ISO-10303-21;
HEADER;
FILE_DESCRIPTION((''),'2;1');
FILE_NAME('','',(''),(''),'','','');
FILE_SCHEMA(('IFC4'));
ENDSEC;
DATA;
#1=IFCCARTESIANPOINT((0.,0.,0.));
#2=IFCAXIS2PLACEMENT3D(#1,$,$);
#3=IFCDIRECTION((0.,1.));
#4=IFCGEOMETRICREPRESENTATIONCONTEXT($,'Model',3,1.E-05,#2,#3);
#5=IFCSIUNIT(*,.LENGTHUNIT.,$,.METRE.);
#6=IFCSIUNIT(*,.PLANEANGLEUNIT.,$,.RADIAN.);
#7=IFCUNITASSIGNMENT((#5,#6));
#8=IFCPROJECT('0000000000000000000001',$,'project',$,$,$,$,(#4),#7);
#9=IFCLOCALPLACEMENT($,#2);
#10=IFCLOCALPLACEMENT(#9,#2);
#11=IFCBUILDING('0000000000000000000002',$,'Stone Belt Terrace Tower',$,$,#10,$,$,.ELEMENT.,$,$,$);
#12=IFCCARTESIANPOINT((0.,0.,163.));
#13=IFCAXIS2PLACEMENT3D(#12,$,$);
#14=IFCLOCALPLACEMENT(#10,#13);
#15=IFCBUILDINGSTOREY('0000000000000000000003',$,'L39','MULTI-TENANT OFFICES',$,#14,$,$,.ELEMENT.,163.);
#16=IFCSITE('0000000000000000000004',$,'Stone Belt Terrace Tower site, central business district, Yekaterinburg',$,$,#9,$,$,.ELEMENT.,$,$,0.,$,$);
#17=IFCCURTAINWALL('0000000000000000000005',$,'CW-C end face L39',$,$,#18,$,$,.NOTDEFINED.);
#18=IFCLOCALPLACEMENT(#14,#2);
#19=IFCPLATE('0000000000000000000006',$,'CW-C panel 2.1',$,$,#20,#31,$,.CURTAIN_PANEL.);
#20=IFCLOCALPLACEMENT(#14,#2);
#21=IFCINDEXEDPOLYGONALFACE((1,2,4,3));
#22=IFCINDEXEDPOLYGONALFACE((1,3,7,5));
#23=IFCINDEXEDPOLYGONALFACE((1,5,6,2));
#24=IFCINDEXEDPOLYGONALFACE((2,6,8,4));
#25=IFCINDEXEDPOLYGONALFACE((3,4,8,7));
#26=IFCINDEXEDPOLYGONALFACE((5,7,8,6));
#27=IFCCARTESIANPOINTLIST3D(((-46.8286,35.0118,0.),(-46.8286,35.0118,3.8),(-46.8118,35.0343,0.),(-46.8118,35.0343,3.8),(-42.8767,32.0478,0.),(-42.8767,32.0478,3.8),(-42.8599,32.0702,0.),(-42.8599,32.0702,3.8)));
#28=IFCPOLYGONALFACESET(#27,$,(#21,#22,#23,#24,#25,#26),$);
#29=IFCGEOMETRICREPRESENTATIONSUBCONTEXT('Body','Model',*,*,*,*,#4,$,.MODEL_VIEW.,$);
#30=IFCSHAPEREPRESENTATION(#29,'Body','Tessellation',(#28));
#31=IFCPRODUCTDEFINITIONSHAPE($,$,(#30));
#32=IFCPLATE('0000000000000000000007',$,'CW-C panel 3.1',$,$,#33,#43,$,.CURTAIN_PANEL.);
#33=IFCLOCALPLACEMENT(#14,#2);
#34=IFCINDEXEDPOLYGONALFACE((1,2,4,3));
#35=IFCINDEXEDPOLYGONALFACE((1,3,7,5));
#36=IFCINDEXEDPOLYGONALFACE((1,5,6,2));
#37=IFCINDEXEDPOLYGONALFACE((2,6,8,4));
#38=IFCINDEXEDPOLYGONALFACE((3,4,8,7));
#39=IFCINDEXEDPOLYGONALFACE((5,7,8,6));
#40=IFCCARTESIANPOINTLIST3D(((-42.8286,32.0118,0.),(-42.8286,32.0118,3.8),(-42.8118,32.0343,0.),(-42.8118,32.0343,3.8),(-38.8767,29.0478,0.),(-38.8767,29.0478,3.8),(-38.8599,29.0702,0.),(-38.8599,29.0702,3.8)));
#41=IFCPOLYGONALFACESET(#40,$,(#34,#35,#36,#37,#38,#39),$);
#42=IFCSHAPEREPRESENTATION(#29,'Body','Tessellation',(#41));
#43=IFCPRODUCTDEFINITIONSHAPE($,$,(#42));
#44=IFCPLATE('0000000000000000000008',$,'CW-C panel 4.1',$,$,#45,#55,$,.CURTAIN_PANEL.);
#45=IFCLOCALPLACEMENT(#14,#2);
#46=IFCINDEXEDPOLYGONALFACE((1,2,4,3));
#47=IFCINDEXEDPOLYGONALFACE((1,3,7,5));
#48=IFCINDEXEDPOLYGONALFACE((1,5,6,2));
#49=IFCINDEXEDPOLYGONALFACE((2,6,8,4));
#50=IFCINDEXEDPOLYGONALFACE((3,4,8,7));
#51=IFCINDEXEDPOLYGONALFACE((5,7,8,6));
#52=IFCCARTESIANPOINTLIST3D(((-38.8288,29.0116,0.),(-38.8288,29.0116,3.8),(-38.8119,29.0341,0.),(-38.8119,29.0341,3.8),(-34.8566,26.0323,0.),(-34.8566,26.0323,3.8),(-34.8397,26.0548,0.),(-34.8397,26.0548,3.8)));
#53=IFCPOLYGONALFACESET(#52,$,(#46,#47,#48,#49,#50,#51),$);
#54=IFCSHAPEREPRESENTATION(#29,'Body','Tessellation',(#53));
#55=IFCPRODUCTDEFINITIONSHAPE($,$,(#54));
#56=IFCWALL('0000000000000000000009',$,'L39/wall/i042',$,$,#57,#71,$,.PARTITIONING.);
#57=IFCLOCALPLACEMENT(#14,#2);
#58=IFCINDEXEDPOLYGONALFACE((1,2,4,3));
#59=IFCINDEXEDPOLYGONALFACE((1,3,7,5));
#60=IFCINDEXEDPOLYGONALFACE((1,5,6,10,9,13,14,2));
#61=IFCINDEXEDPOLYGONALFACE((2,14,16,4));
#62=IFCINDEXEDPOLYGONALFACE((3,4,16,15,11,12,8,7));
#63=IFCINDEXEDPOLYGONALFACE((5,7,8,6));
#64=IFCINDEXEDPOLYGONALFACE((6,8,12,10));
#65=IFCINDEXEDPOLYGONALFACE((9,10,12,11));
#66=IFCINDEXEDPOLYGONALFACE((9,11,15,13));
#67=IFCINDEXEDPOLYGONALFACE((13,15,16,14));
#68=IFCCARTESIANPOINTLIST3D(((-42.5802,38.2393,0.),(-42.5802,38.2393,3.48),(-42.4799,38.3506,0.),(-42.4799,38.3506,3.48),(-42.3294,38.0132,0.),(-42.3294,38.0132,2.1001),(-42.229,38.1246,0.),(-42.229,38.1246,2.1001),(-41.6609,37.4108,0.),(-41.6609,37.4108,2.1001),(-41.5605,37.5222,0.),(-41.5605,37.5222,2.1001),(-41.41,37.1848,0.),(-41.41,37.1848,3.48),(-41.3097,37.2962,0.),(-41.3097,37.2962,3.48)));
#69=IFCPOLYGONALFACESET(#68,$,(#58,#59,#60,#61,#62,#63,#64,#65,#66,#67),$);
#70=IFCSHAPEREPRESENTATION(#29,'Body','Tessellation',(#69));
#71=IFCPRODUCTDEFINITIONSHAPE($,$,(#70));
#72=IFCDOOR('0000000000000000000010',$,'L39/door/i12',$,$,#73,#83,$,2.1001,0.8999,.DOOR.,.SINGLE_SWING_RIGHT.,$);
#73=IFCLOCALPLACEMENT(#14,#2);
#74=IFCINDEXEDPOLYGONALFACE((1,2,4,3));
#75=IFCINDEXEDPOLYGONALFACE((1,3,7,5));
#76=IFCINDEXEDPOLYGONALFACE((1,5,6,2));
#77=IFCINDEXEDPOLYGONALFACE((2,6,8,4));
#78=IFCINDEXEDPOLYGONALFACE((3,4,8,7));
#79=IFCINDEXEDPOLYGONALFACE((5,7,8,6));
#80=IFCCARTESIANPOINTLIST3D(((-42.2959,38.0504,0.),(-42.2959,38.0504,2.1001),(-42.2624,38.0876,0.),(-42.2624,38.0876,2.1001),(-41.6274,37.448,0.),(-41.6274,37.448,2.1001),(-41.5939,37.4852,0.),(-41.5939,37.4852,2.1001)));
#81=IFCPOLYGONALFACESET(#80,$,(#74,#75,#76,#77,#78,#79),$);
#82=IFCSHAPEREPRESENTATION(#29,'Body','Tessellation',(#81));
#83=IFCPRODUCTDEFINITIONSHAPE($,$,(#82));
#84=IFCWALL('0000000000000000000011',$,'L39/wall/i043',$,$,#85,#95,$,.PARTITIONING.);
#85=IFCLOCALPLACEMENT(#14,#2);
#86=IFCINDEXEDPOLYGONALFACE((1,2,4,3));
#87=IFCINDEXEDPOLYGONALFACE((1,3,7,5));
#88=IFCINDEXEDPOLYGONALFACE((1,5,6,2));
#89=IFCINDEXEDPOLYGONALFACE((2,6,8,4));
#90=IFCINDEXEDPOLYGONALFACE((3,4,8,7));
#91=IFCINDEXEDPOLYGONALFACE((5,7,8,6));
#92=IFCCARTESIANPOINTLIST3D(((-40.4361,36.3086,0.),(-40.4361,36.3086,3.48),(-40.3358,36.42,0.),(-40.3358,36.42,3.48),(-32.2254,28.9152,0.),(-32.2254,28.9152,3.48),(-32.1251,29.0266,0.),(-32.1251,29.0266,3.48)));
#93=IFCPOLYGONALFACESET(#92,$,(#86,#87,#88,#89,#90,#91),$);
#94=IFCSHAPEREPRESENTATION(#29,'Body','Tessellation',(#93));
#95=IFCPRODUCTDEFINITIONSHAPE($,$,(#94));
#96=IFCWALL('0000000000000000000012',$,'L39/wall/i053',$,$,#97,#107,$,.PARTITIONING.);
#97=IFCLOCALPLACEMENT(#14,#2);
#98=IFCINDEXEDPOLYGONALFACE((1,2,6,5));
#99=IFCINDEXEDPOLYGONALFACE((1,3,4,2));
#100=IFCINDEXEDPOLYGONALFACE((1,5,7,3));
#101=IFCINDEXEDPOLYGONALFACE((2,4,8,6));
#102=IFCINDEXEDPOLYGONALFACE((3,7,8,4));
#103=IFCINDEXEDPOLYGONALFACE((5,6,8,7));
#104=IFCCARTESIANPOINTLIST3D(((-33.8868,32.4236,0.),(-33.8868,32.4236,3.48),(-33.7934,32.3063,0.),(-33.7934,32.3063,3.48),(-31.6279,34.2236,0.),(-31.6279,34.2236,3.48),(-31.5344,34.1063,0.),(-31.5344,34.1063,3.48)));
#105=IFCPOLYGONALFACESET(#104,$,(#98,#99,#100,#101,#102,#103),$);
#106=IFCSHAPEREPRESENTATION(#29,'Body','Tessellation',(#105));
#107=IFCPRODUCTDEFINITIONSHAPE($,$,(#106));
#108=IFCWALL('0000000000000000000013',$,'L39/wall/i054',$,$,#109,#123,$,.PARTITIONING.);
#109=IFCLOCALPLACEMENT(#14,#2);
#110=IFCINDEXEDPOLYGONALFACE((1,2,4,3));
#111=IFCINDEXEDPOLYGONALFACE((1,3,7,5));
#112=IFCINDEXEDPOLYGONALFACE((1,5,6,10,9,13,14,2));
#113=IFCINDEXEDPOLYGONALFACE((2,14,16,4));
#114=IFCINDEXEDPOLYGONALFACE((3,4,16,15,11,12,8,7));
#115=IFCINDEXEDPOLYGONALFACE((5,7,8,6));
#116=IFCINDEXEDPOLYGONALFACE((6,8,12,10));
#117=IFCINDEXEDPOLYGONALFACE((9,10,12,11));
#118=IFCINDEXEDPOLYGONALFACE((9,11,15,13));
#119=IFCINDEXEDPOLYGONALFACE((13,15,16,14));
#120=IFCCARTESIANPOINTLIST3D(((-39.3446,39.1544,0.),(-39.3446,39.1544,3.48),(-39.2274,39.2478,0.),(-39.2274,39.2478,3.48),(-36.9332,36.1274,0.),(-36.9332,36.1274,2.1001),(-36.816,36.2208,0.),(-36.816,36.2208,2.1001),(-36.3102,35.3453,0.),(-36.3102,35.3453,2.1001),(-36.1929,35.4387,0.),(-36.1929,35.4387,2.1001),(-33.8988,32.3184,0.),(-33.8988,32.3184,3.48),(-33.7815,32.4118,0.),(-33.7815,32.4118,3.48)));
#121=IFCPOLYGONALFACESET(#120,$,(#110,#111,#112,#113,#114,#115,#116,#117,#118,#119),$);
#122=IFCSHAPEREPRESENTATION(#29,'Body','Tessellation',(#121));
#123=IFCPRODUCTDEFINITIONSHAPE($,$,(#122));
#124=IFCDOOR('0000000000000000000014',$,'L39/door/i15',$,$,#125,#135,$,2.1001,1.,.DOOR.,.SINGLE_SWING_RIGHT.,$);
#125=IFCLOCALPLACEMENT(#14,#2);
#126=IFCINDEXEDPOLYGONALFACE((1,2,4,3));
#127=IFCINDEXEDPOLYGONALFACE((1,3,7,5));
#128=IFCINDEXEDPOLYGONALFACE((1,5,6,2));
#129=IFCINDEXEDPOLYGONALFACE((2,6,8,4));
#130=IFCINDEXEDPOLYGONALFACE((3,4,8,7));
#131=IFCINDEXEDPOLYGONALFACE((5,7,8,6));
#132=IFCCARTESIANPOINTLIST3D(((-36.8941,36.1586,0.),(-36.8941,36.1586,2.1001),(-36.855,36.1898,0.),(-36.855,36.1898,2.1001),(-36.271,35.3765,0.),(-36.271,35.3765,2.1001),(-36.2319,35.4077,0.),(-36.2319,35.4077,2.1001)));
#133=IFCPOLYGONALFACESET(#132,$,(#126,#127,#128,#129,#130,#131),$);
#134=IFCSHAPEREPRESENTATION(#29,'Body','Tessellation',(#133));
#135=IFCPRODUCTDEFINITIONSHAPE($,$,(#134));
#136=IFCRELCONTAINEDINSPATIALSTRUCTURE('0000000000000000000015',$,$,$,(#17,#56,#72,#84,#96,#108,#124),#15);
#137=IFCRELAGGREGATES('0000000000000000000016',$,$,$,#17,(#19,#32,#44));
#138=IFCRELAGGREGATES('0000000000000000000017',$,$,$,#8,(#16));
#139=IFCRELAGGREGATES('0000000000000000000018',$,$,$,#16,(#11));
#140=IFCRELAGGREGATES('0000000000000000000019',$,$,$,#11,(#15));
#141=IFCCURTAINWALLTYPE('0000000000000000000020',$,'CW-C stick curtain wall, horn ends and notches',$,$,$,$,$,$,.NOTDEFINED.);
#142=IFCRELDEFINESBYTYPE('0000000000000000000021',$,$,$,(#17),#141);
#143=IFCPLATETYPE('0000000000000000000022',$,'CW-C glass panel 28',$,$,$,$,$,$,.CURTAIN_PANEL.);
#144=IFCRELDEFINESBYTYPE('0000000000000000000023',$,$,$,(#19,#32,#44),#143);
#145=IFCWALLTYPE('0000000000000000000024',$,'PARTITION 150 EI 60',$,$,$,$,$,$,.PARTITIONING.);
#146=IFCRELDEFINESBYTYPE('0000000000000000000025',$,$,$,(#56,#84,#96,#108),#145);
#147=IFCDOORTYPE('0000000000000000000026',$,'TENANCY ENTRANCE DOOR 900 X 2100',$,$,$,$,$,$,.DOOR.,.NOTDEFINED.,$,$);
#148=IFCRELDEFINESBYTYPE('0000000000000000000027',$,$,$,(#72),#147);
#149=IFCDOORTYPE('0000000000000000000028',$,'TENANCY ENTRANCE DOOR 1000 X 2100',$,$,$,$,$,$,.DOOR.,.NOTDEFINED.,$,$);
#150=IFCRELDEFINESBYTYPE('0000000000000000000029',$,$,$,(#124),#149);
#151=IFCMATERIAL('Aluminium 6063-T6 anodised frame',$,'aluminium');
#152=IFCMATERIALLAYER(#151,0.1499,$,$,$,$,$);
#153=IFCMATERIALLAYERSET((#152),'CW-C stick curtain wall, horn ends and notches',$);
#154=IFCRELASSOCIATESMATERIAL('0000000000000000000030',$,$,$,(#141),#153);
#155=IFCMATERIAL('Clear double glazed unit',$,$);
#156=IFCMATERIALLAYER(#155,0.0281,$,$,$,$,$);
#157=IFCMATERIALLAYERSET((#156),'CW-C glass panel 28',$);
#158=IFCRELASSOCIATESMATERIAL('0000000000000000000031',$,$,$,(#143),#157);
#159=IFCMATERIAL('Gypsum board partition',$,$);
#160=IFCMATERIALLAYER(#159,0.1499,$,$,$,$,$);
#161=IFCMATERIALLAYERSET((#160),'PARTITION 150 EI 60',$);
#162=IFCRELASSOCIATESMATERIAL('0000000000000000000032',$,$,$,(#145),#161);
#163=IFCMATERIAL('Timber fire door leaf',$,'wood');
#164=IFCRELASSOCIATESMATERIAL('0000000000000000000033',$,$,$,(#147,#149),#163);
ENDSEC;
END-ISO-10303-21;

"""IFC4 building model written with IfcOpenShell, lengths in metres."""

from ifc_helpers import new_model, si_unit, direction, frame, frame_2d, origin, origin_2d, place, context, subcontext, project, spatial, rectangle, extrude, material, layer, layer_set, type_object, element, fill, aggregate, save


model = new_model("IFC4")

# Units and contexts
model_context = context("Model", 3, precision=1e-05, world=origin(), true_north=direction((0.0, 1.0)))
body_context = subcontext(model_context, "Body", "Model", "MODEL_VIEW")
ifc_project = project(units=[si_unit("LENGTHUNIT", "METRE"), si_unit("PLANEANGLEUNIT", "RADIAN")], contexts=[model_context])

# Site, building, storey
site_placement = place(None, origin())
site = spatial("IfcSite", under=ifc_project, at=site_placement, Name="Stone Belt Terrace Tower site, central business district, Yekaterinburg", CompositionType="ELEMENT", RefElevation=0.0)
building_placement = place(site_placement, origin())
building = spatial("IfcBuilding", under=site, at=building_placement, Name="Stone Belt Terrace Tower", CompositionType="ELEMENT")
storey_placement = place(building_placement, frame((0.0, 0.0, 163.0)))
storey = spatial("IfcBuildingStorey", under=building, at=storey_placement, Name="L39", Description="MULTI-TENANT OFFICES", CompositionType="ELEMENT", Elevation=163.0)

# Curtain wall
ifc_material_1 = material(Name="Aluminium 6063-T6 anodised frame", Category="aluminium")
ifc_layer_1 = layer(ifc_material_1, 0.1499)
ifc_layer_set_1 = layer_set([ifc_layer_1], Name="CW-C stick curtain wall, horn ends and notches")
curtain_wall_type_1 = type_object("IfcCurtainWallType", Name="CW-C stick curtain wall, horn ends and notches", PredefinedType="NOTDEFINED", material=ifc_layer_set_1)
curtain_wall_1_placement = place(storey_placement, origin())
curtain_wall_1 = element("IfcCurtainWall", 1, at=curtain_wall_1_placement, inside=storey, type_object=curtain_wall_type_1, Name="CW-C end face L39", PredefinedType="NOTDEFINED")

# Plates
ifc_material_2 = material(Name="Clear double glazed unit")
ifc_layer_2 = layer(ifc_material_2, 0.0281)
ifc_layer_set_2 = layer_set([ifc_layer_2], Name="CW-C glass panel 28")
plate_type_1 = type_object("IfcPlateType", Name="CW-C glass panel 28", PredefinedType="CURTAIN_PANEL", material=ifc_layer_set_2)
plate_1_placement = place(storey_placement, frame((-44.8442, 33.541, 0.0), z_axis=(0.0, 0.0, 1.0), x_axis=(0.799987, -0.600018, 0.0)))
plate_1 = element("IfcPlate", 2, at=plate_1_placement, type_object=plate_type_1, Name="CW-C panel 2.1", PredefinedType="CURTAIN_PANEL", context=body_context, shape_type="SweptSolid", body=[
    extrude(rectangle(XDim=4.9399, YDim=0.0281, at=origin_2d()), origin(), (0.0, 0.0, 1.0), 3.8),
])
plate_2_placement = place(storey_placement, frame((-40.8442, 30.541, 0.0), z_axis=(0.0, 0.0, 1.0), x_axis=(0.799987, -0.600018, 0.0)))
plate_2 = element("IfcPlate", 3, at=plate_2_placement, type_object=plate_type_1, Name="CW-C panel 3.1", PredefinedType="CURTAIN_PANEL", context=body_context, shape_type="SweptSolid", body=[
    extrude(rectangle(XDim=4.9399, YDim=0.0281, at=origin_2d()), origin(), (0.0, 0.0, 1.0), 3.8),
])
plate_3_placement = place(storey_placement, frame((-36.8342, 27.5332, 0.0), z_axis=(0.0, 0.0, 1.0), x_axis=(0.799987, -0.600018, 0.0)))
plate_3 = element("IfcPlate", 4, at=plate_3_placement, type_object=plate_type_1, Name="CW-C panel 4.1", PredefinedType="CURTAIN_PANEL", context=body_context, shape_type="SweptSolid", body=[
    extrude(rectangle(XDim=4.9653, YDim=0.0281, at=origin_2d()), origin(), (0.0, 0.0, 1.0), 3.8),
])
aggregate(curtain_wall_1, [plate_1, plate_2, plate_3])

# Wall, opening, door
ifc_material_3 = material(Name="Gypsum board partition")
ifc_layer_3 = layer(ifc_material_3, 0.1499)
ifc_layer_set_3 = layer_set([ifc_layer_3], Name="PARTITION 150 EI 60")
wall_type_1 = type_object("IfcWallType", Name="PARTITION 150 EI 60", PredefinedType="PARTITIONING", material=ifc_layer_set_3)
wall_1_placement = place(storey_placement, frame((-41.3599, 37.2405, 0.0), z_axis=(0.0, 0.0, 1.0), x_axis=(-0.742886, 0.669418, 0.0)))
wall_1 = element("IfcWall", 5, at=wall_1_placement, inside=storey, type_object=wall_type_1, Name="L39/wall/i042", PredefinedType="PARTITIONING", context=body_context, shape_type="SweptSolid", body=[
    extrude(rectangle(XDim=1.5752, YDim=0.1499, at=frame_2d((0.7876, 0.0))), origin(), (0.0, 0.0, 1.0), 3.48),
])
opening_1_placement = place(wall_1_placement, frame((0.3376, 0.0, 0.0)))
opening_1 = element("IfcOpeningElement", 6, at=opening_1_placement, cuts=wall_1, PredefinedType="OPENING", context=body_context, shape_type="SweptSolid", body=[
    extrude(rectangle(XDim=0.8999, YDim=2.1001, at=frame_2d((0.45, 1.05))), frame((0.0, 0.085, 0.0), z_axis=(0.0, -1.0, 0.0), x_axis=(1.0, 0.0, 0.0)), (0.0, 0.0, 1.0), 0.1699),
])
ifc_material_4 = material(Name="Timber fire door leaf", Category="wood")
door_type_1 = type_object("IfcDoorType", Name="TENANCY ENTRANCE DOOR 900 X 2100", OperationType="NOTDEFINED", PredefinedType="DOOR", material=ifc_material_4)
door_1_placement = place(opening_1_placement, origin())
door_1 = element("IfcDoor", 7, at=door_1_placement, inside=storey, type_object=door_type_1, Name="L39/door/i12", OperationType="SINGLE_SWING_RIGHT", OverallHeight=2.1001, OverallWidth=0.8999, PredefinedType="DOOR", context=body_context, shape_type="SweptSolid", body=[
    extrude(rectangle(XDim=0.8999, YDim=2.1001, at=frame_2d((0.45, 1.05))), frame((0.0, 0.0249, 0.0), z_axis=(0.0, -1.0, 0.0), x_axis=(1.0, 0.0, 0.0)), (0.0, 0.0, 1.0), 0.05),
])
fill(opening_1, door_1)

# Walls
wall_2_placement = place(storey_placement, frame((-40.386, 36.3643, 0.0), z_axis=(0.0, 0.0, 1.0), x_axis=(0.743128, -0.669149, 0.0)))
element("IfcWall", 8, at=wall_2_placement, inside=storey, type_object=wall_type_1, Name="L39/wall/i043", PredefinedType="PARTITIONING", context=body_context, shape_type="SweptSolid", body=[
    extrude(rectangle(XDim=11.0488, YDim=0.1499, at=frame_2d((5.5244, 0.0))), origin(), (0.0, 0.0, 1.0), 3.48),
])
wall_3_placement = place(storey_placement, frame((-31.5811, 34.165, 0.0), z_axis=(0.0, 0.0, 1.0), x_axis=(-0.78208, -0.623179, 0.0)))
element("IfcWall", 9, at=wall_3_placement, inside=storey, type_object=wall_type_1, Name="L39/wall/i053", PredefinedType="PARTITIONING", context=body_context, shape_type="SweptSolid", body=[
    extrude(rectangle(XDim=2.8884, YDim=0.1499, at=frame_2d((1.4443, 0.0))), origin(), (0.0, 0.0, 1.0), 3.48),
])

# Wall, opening, door
wall_4_placement = place(storey_placement, frame((-33.8401, 32.365, 0.0), z_axis=(0.0, 0.0, 1.0), x_axis=(-0.623093, 0.782148, 0.0)))
wall_4 = element("IfcWall", 10, at=wall_4_placement, inside=storey, type_object=wall_type_1, Name="L39/wall/i054", PredefinedType="PARTITIONING", context=body_context, shape_type="SweptSolid", body=[
    extrude(rectangle(XDim=8.74, YDim=0.1499, at=frame_2d((4.3701, 0.0))), origin(), (0.0, 0.0, 1.0), 3.48),
])
opening_2_placement = place(wall_4_placement, frame((3.8701, 0.0, 0.0)))
opening_2 = element("IfcOpeningElement", 11, at=opening_2_placement, cuts=wall_4, PredefinedType="OPENING", context=body_context, shape_type="SweptSolid", body=[
    extrude(rectangle(XDim=1.0, YDim=2.1001, at=frame_2d((0.5, 1.05))), frame((0.0, 0.085, 0.0), z_axis=(0.0, -1.0, 0.0), x_axis=(1.0, 0.0, 0.0)), (0.0, 0.0, 1.0), 0.1699),
])
door_type_2 = type_object("IfcDoorType", Name="TENANCY ENTRANCE DOOR 1000 X 2100", OperationType="NOTDEFINED", PredefinedType="DOOR", material=ifc_material_4)
door_2_placement = place(opening_2_placement, origin())
door_2 = element("IfcDoor", 12, at=door_2_placement, inside=storey, type_object=door_type_2, Name="L39/door/i15", OperationType="SINGLE_SWING_RIGHT", OverallHeight=2.1001, OverallWidth=1.0, PredefinedType="DOOR", context=body_context, shape_type="SweptSolid", body=[
    extrude(rectangle(XDim=1.0, YDim=2.1001, at=frame_2d((0.5, 1.05))), frame((0.0, 0.0249, 0.0), z_axis=(0.0, -1.0, 0.0), x_axis=(1.0, 0.0, 0.0)), (0.0, 0.0, 1.0), 0.05),
])
fill(opening_2, door_2)

save(model, "model.ifc")
